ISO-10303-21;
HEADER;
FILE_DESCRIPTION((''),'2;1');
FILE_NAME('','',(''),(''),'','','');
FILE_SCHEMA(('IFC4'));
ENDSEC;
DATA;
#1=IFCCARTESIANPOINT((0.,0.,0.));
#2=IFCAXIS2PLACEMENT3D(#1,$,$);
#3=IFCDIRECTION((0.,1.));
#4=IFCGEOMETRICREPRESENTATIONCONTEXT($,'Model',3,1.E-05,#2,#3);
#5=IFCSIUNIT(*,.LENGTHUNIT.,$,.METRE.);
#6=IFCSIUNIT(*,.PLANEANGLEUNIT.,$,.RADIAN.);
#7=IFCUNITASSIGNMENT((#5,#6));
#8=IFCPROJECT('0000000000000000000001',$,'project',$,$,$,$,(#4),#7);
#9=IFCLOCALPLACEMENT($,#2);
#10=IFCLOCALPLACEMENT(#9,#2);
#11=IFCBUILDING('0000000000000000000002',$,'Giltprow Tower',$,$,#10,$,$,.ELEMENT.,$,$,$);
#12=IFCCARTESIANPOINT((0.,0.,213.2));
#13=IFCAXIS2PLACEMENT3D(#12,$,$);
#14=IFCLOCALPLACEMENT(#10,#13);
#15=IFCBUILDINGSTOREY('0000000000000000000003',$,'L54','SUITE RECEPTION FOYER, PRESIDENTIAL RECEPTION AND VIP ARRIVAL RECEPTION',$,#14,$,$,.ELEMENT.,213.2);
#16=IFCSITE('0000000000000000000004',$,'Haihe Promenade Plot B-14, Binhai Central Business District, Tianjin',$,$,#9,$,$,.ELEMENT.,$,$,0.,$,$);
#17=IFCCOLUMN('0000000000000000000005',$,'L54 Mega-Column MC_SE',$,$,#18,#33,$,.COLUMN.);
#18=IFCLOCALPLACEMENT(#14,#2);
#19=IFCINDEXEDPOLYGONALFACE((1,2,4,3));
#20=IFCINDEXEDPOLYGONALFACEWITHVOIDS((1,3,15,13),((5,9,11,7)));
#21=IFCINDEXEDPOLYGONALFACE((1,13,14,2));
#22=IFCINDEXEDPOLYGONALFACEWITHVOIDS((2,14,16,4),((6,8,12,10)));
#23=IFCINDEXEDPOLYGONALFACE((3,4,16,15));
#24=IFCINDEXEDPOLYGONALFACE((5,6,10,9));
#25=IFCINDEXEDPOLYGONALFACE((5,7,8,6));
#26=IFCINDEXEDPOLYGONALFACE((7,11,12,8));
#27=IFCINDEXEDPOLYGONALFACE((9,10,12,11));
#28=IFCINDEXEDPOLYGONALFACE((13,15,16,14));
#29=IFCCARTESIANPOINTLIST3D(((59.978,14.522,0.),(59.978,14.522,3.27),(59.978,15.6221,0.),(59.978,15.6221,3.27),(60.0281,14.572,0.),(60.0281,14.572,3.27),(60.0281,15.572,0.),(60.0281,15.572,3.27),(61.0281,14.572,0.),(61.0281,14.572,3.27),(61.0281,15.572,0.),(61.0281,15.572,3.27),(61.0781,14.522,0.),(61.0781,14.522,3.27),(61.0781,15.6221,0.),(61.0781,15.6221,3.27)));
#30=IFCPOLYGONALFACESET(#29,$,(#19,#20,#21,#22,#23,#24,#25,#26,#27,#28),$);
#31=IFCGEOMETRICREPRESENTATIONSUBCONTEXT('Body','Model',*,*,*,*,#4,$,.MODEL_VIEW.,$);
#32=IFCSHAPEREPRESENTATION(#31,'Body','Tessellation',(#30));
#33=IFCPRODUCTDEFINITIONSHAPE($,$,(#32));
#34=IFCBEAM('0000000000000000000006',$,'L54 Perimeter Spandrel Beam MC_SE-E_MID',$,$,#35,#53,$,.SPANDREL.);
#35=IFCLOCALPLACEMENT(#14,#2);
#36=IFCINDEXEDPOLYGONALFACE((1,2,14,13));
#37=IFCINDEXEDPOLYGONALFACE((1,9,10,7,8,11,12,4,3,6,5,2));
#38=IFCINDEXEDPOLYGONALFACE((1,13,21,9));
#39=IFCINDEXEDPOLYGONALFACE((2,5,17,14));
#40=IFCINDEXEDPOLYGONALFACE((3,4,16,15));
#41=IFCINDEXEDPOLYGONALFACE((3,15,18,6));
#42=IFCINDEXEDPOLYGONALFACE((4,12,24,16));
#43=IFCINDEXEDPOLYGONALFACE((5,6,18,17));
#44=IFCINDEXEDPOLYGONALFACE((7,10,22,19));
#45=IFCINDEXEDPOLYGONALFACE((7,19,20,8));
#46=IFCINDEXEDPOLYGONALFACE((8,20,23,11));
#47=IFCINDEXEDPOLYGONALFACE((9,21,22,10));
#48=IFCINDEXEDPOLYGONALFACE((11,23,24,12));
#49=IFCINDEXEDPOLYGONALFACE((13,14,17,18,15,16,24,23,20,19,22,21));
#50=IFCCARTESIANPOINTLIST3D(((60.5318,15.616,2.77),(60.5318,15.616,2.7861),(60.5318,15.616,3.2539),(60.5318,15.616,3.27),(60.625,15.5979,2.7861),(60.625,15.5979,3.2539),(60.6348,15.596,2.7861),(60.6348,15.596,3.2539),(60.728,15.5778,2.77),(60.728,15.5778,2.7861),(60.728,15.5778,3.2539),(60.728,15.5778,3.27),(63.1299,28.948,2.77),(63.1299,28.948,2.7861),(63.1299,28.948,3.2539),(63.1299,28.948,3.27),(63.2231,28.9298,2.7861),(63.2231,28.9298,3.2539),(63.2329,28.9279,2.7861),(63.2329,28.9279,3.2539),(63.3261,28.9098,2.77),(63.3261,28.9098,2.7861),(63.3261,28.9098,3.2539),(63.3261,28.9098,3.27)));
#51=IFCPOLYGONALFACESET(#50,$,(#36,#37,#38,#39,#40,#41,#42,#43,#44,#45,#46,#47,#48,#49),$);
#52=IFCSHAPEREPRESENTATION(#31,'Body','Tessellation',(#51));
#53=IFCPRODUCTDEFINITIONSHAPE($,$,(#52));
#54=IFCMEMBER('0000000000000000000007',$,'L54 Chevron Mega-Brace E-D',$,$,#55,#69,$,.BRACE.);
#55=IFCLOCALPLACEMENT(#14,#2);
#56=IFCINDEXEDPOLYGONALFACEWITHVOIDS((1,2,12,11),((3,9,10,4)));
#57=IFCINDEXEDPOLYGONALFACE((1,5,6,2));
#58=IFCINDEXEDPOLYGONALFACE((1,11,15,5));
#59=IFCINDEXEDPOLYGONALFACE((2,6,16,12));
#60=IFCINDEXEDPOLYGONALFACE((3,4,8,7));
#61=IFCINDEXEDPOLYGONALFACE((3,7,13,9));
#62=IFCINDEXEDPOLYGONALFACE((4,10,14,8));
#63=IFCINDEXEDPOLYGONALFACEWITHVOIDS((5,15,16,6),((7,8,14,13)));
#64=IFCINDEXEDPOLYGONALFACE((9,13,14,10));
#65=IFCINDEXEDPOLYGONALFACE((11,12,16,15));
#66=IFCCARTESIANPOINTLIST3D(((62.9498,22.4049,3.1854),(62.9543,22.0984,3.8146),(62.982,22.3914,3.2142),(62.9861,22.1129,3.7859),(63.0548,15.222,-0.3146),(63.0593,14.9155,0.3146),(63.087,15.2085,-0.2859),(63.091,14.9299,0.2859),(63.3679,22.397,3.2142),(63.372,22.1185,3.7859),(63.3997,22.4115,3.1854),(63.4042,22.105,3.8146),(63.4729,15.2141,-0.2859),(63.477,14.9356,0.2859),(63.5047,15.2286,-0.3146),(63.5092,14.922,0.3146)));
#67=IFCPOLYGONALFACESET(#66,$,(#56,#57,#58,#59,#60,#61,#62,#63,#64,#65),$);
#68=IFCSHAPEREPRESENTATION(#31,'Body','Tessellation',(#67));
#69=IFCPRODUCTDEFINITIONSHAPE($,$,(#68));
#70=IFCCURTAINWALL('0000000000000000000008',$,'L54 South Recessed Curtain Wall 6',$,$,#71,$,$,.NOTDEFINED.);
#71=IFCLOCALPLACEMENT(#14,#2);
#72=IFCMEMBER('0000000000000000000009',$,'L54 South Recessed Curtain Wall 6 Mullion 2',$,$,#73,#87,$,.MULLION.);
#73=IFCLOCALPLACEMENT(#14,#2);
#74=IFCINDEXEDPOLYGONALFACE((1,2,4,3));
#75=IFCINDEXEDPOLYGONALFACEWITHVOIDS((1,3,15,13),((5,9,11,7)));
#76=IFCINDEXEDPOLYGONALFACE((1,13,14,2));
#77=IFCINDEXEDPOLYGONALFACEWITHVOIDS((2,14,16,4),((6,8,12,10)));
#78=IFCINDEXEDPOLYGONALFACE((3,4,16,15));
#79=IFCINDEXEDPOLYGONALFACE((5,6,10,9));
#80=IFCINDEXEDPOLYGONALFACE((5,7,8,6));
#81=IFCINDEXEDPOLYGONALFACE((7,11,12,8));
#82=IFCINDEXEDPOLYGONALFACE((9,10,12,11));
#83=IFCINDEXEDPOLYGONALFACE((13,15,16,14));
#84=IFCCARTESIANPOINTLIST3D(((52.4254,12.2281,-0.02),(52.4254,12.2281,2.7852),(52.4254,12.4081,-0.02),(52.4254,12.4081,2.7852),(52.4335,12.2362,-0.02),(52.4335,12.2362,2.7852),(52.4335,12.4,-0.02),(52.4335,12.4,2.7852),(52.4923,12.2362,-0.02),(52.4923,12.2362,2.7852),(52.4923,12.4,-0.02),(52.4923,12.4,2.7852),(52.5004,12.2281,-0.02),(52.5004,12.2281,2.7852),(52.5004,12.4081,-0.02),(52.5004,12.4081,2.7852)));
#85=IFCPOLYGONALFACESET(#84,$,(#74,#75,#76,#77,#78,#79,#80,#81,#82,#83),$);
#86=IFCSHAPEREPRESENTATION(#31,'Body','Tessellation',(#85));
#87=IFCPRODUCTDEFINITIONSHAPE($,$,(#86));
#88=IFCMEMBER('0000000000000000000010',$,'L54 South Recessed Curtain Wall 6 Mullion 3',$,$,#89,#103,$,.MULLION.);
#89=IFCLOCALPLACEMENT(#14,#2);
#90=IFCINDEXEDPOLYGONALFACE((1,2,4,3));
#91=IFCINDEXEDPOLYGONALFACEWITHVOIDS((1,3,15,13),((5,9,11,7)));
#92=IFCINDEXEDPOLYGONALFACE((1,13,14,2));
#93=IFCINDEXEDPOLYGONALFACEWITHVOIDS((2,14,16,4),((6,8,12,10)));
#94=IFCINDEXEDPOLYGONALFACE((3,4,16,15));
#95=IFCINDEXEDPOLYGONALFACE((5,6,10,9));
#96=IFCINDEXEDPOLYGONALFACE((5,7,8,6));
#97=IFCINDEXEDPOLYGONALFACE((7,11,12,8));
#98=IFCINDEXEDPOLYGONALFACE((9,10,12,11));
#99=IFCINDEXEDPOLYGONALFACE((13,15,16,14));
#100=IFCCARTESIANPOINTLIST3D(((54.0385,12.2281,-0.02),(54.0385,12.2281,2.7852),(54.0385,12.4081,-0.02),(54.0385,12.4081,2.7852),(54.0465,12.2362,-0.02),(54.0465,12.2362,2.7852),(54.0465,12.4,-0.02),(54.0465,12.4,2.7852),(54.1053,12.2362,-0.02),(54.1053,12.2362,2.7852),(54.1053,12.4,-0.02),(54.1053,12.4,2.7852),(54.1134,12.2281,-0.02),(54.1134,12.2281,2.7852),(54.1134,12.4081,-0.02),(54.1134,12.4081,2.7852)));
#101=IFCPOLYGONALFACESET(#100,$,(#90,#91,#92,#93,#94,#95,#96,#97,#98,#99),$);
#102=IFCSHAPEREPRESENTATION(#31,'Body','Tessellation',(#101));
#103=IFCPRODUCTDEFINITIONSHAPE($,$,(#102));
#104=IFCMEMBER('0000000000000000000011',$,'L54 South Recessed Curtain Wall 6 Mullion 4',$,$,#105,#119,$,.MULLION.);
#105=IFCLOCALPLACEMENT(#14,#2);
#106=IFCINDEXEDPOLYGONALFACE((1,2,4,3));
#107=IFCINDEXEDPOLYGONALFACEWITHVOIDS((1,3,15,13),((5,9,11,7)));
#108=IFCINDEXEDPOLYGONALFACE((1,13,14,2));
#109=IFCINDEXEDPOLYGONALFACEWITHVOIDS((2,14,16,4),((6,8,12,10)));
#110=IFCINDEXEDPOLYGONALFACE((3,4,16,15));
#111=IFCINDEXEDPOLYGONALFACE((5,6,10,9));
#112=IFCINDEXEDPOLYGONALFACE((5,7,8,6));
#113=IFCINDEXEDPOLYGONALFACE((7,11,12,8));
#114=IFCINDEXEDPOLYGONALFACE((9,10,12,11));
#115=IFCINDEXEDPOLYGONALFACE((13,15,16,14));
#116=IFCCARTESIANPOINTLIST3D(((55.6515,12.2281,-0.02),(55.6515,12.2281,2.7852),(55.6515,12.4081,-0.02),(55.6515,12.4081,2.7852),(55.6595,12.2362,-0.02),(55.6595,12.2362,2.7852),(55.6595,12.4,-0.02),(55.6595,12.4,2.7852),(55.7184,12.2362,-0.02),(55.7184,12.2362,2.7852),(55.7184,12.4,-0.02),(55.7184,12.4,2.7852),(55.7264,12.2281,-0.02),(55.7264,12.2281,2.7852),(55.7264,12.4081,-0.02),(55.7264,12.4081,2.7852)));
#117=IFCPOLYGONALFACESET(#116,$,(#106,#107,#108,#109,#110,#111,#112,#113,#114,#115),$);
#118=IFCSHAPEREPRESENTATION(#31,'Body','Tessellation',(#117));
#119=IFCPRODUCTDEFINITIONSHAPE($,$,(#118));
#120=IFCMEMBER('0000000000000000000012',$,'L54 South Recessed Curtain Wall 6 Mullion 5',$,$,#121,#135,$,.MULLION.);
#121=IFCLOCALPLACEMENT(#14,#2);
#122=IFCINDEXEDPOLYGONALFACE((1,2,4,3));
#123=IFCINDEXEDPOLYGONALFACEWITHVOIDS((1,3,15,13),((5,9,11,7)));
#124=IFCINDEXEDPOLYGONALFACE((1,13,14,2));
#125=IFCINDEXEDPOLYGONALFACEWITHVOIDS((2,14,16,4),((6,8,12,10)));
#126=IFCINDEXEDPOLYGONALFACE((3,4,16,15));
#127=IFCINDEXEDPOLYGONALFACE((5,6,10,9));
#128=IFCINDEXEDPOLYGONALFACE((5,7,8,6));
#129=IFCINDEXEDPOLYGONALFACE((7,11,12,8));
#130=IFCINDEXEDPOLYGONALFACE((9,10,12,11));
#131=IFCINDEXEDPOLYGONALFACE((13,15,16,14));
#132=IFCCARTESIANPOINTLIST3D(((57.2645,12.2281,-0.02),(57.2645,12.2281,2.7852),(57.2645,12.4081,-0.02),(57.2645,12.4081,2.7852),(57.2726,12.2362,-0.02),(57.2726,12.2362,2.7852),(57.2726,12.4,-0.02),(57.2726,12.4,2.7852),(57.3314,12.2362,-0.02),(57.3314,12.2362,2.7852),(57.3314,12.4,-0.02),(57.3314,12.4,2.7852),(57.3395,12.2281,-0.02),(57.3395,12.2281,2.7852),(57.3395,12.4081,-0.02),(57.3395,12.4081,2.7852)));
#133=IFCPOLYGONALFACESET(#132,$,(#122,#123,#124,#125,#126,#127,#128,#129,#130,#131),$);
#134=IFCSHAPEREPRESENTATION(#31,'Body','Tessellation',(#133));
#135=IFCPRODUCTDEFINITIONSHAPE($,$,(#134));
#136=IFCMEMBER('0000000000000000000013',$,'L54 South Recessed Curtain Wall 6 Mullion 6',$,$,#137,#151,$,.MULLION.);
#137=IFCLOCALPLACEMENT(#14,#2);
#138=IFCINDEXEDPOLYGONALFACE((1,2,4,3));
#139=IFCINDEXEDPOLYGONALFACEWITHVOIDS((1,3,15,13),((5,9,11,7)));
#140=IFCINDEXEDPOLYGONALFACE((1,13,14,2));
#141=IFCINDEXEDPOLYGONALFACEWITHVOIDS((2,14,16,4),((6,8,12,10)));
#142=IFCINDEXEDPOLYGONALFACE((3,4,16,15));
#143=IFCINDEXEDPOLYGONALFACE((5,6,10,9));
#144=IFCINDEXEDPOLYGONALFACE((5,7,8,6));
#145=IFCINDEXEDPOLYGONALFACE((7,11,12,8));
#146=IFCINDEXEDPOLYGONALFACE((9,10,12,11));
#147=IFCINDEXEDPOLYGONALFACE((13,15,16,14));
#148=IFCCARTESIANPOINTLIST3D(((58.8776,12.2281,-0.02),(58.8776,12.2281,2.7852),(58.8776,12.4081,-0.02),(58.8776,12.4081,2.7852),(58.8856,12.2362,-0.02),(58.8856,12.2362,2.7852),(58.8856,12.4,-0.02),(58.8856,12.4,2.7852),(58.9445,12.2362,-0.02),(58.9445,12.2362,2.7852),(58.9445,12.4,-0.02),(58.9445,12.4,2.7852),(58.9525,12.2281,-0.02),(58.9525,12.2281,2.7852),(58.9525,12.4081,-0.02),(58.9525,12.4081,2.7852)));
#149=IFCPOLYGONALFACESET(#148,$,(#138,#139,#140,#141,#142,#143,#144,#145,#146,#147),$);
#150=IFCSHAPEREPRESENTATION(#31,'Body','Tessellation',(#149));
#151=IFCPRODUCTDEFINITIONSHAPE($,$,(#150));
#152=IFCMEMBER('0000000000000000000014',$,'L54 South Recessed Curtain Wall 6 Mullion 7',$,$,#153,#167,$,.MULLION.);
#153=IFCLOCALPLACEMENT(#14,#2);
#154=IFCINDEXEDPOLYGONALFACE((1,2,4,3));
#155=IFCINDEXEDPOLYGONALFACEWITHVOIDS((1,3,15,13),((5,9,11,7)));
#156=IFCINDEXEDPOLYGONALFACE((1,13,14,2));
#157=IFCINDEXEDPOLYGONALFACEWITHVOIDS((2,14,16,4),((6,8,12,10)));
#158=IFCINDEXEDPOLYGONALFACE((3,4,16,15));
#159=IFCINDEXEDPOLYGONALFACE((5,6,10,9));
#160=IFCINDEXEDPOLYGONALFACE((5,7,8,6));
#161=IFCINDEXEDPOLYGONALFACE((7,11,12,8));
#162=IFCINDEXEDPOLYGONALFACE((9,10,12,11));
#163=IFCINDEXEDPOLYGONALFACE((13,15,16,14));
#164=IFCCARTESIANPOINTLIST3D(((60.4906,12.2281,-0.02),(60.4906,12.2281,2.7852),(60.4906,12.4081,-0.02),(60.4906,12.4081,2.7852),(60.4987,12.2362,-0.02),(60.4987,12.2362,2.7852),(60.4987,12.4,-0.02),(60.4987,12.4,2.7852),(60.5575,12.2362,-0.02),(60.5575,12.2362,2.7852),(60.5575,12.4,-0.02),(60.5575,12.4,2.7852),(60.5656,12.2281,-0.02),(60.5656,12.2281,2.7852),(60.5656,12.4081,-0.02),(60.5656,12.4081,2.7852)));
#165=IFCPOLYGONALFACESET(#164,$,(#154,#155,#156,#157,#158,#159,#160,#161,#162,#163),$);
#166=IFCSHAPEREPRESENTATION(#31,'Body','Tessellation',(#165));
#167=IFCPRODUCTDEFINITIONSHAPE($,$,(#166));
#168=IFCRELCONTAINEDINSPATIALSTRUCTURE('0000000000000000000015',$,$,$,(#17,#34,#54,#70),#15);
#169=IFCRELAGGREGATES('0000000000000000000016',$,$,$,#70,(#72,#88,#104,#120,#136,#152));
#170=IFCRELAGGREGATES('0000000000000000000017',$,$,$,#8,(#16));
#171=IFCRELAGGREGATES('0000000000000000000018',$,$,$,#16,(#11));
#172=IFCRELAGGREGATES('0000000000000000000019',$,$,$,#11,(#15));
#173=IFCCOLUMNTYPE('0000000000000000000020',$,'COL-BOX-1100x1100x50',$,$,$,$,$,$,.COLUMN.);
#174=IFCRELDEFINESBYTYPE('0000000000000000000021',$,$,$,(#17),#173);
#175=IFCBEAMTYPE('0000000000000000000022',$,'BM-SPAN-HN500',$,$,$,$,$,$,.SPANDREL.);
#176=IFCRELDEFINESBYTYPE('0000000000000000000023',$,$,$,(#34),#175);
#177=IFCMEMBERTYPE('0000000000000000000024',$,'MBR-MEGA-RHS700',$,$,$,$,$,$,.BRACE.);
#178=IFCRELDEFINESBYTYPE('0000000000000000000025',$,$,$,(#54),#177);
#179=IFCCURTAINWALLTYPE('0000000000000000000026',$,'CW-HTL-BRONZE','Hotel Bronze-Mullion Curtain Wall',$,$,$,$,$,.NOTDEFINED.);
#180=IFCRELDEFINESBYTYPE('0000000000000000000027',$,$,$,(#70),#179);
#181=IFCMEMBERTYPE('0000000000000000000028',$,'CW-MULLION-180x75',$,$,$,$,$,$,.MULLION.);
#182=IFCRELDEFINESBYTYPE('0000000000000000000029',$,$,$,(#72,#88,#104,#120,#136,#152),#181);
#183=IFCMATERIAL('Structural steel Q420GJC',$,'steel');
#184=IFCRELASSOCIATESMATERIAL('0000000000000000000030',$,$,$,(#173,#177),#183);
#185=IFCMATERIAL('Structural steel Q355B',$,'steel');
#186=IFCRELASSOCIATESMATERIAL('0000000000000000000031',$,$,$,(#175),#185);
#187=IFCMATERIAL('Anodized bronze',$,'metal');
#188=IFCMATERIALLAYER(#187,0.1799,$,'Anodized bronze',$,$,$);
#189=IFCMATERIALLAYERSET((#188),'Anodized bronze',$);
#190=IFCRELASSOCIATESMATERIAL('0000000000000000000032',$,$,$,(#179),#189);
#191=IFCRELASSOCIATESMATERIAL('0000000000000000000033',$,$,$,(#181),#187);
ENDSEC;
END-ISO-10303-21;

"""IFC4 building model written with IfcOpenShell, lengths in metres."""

from ifc_helpers import new_model, si_unit, direction, frame, origin, origin_2d, place, context, subcontext, project, spatial, hollow_rectangle, i_section, extrude, source, transform, mapped, material, layer, layer_set, material_profile, profile_set, type_object, element, aggregate, save


model = new_model("IFC4")

# Units and contexts
model_context = context("Model", 3, precision=1e-05, world=origin(), true_north=direction((0.0, 1.0)))
body_context = subcontext(model_context, "Body", "Model", "MODEL_VIEW")
ifc_project = project(units=[si_unit("LENGTHUNIT", "METRE"), si_unit("PLANEANGLEUNIT", "RADIAN")], contexts=[model_context])

# Site, building, storey
site_placement = place(None, origin())
site = spatial("IfcSite", under=ifc_project, at=site_placement, Name="Haihe Promenade Plot B-14, Binhai Central Business District, Tianjin", CompositionType="ELEMENT", RefElevation=0.0)
building_placement = place(site_placement, origin())
building = spatial("IfcBuilding", under=site, at=building_placement, Name="Giltprow Tower", CompositionType="ELEMENT")
storey_placement = place(building_placement, frame((0.0, 0.0, 213.2)))
storey = spatial("IfcBuildingStorey", under=building, at=storey_placement, Name="L54", Description="SUITE RECEPTION FOYER, PRESIDENTIAL RECEPTION AND VIP ARRIVAL RECEPTION", CompositionType="ELEMENT", Elevation=213.2)

# Column
ifc_material_1 = material(Name="Structural steel Q420GJC", Category="steel")
ifc_material_profile_1 = material_profile(ifc_material_1, hollow_rectangle(XDim=1.1001, YDim=1.1001, WallThickness=0.05, at=origin_2d()), Name="BOX 1100x1100x50")
ifc_profile_set_1 = profile_set([ifc_material_profile_1], Name="Structural steel Q420GJC")
column_type = type_object("IfcColumnType", Name="COL-BOX-1100x1100x50", PredefinedType="COLUMN", material=ifc_profile_set_1)
shared_shape_1 = source(origin(), body_context, "Body", "SweptSolid", [
    extrude(hollow_rectangle(XDim=1.1001, YDim=1.1001, WallThickness=0.05, at=origin_2d()), origin(), (0.0, 0.0, 1.0), 3.27),
])
column_placement = place(storey_placement, frame((60.5281, 15.072, 0.0), z_axis=(0.0, 0.0, 1.0), x_axis=(1.0, 0.0, 0.0)))
element("IfcColumn", 1, at=column_placement, inside=storey, type_object=column_type, Name="L54 Mega-Column MC_SE", PredefinedType="COLUMN", context=body_context, shape_type="MappedRepresentation", body=[
    mapped(shared_shape_1, transform((0.0, 0.0, 0.0), x_axis=(1.0, 0.0, 0.0), y_axis=(0.0, 1.0, 0.0), z_axis=(0.0, 0.0, 1.0), scale=1.0)),
])

# Beam
ifc_material_2 = material(Name="Structural steel Q355B", Category="steel")
ifc_material_profile_2 = material_profile(ifc_material_2, i_section(OverallWidth=0.2, OverallDepth=0.5, WebThickness=0.01, FlangeThickness=0.0161, at=origin_2d()), Name="HN 500x200x10x16")
ifc_profile_set_2 = profile_set([ifc_material_profile_2], Name="Structural steel Q355B")
beam_type = type_object("IfcBeamType", Name="BM-SPAN-HN500", PredefinedType="SPANDREL", material=ifc_profile_set_2)
shared_shape_2 = source(origin(), body_context, "Body", "SweptSolid", [
    extrude(i_section(OverallWidth=0.2, OverallDepth=0.5, WebThickness=0.01, FlangeThickness=0.0161, at=origin_2d()), origin(), (0.0, 0.0, 1.0), 13.5828),
])
beam_placement = place(storey_placement, frame((60.6299, 15.5969, 3.02), z_axis=(0.191281, 0.981535, 0.0), x_axis=(-0.981535, 0.191281, 0.0)))
element("IfcBeam", 2, at=beam_placement, inside=storey, type_object=beam_type, Name="L54 Perimeter Spandrel Beam MC_SE-E_MID", PredefinedType="SPANDREL", context=body_context, shape_type="MappedRepresentation", body=[
    mapped(shared_shape_2, transform((0.0, 0.0, 0.0), x_axis=(1.0, 0.0, 0.0), y_axis=(0.0, 1.0, 0.0), z_axis=(0.0, 0.0, 1.0), scale=1.0)),
])

# Member
ifc_material_profile_3 = material_profile(ifc_material_1, hollow_rectangle(XDim=0.45, YDim=0.7, WallThickness=0.032, at=origin_2d()), Name="RHS 700x450x32")
ifc_profile_set_3 = profile_set([ifc_material_profile_3], Name="Structural steel Q420GJC")
member_type_1 = type_object("IfcMemberType", Name="MBR-MEGA-RHS700", PredefinedType="BRACE", material=ifc_profile_set_3)
shared_shape_3 = source(origin(), body_context, "Body", "SweptSolid", [
    extrude(hollow_rectangle(XDim=0.45, YDim=0.7, WallThickness=0.032, at=origin_2d()), origin(), (0.0, 0.0, 1.0), 7.991),
])
member_1_placement = place(storey_placement, frame((63.282, 15.072, 0.0), z_axis=(-0.013137, 0.89888, 0.437998), x_axis=(-0.999893, -0.014614, 0.0)))
element("IfcMember", 3, at=member_1_placement, inside=storey, type_object=member_type_1, Name="L54 Chevron Mega-Brace E-D", PredefinedType="BRACE", context=body_context, shape_type="MappedRepresentation", body=[
    mapped(shared_shape_3, transform((0.0, 0.0, 0.0), x_axis=(1.0, 0.0, 0.0), y_axis=(0.0, 1.0, 0.0), z_axis=(0.0, 0.0, 1.0), scale=1.0)),
])

# Curtain wall, members
ifc_material_3 = material(Name="Anodized bronze", Category="metal")
ifc_layer_1 = layer(ifc_material_3, 0.1799, Name="Anodized bronze")
ifc_layer_set_1 = layer_set([ifc_layer_1], Name="Anodized bronze")
curtain_wall_type = type_object("IfcCurtainWallType", Name="CW-HTL-BRONZE", Description="Hotel Bronze-Mullion Curtain Wall", PredefinedType="NOTDEFINED", material=ifc_layer_set_1)
curtain_wall_placement = place(storey_placement, origin())
curtain_wall = element("IfcCurtainWall", 4, at=curtain_wall_placement, inside=storey, type_object=curtain_wall_type, Name="L54 South Recessed Curtain Wall 6", PredefinedType="NOTDEFINED")
ifc_material_profile_4 = material_profile(ifc_material_3, hollow_rectangle(XDim=0.075, YDim=0.1799, WallThickness=0.0081, at=origin_2d()), Name="RHS 180x75x8")
ifc_profile_set_4 = profile_set([ifc_material_profile_4], Name="Anodized bronze")
member_type_2 = type_object("IfcMemberType", Name="CW-MULLION-180x75", PredefinedType="MULLION", material=ifc_profile_set_4)
shared_shape_4 = source(origin(), body_context, "Body", "SweptSolid", [
    extrude(hollow_rectangle(XDim=0.075, YDim=0.1799, WallThickness=0.0081, at=origin_2d()), origin(), (0.0, 0.0, 1.0), 2.8052),
])
member_2_placement = place(storey_placement, frame((52.4629, 12.3181, -0.02), z_axis=(0.0, 0.0, 1.0), x_axis=(1.0, 0.0, 0.0)))
member_2 = element("IfcMember", 5, at=member_2_placement, type_object=member_type_2, Name="L54 South Recessed Curtain Wall 6 Mullion 2", PredefinedType="MULLION", context=body_context, shape_type="MappedRepresentation", body=[
    mapped(shared_shape_4, transform((0.0, 0.0, 0.0), x_axis=(1.0, 0.0, 0.0), y_axis=(0.0, 1.0, 0.0), z_axis=(0.0, 0.0, 1.0), scale=1.0)),
])
member_3_placement = place(storey_placement, frame((54.0759, 12.3181, -0.02), z_axis=(0.0, 0.0, 1.0), x_axis=(1.0, 0.0, 0.0)))
member_3 = element("IfcMember", 6, at=member_3_placement, type_object=member_type_2, Name="L54 South Recessed Curtain Wall 6 Mullion 3", PredefinedType="MULLION", context=body_context, shape_type="MappedRepresentation", body=[
    mapped(shared_shape_4, transform((0.0, 0.0, 0.0), x_axis=(1.0, 0.0, 0.0), y_axis=(0.0, 1.0, 0.0), z_axis=(0.0, 0.0, 1.0), scale=1.0)),
])
member_4_placement = place(storey_placement, frame((55.689, 12.3181, -0.02), z_axis=(0.0, 0.0, 1.0), x_axis=(1.0, 0.0, 0.0)))
member_4 = element("IfcMember", 7, at=member_4_placement, type_object=member_type_2, Name="L54 South Recessed Curtain Wall 6 Mullion 4", PredefinedType="MULLION", context=body_context, shape_type="MappedRepresentation", body=[
    mapped(shared_shape_4, transform((0.0, 0.0, 0.0), x_axis=(1.0, 0.0, 0.0), y_axis=(0.0, 1.0, 0.0), z_axis=(0.0, 0.0, 1.0), scale=1.0)),
])
member_5_placement = place(storey_placement, frame((57.302, 12.3181, -0.02), z_axis=(0.0, 0.0, 1.0), x_axis=(1.0, 0.0, 0.0)))
member_5 = element("IfcMember", 8, at=member_5_placement, type_object=member_type_2, Name="L54 South Recessed Curtain Wall 6 Mullion 5", PredefinedType="MULLION", context=body_context, shape_type="MappedRepresentation", body=[
    mapped(shared_shape_4, transform((0.0, 0.0, 0.0), x_axis=(1.0, 0.0, 0.0), y_axis=(0.0, 1.0, 0.0), z_axis=(0.0, 0.0, 1.0), scale=1.0)),
])
member_6_placement = place(storey_placement, frame((58.915, 12.3181, -0.02), z_axis=(0.0, 0.0, 1.0), x_axis=(1.0, 0.0, 0.0)))
member_6 = element("IfcMember", 9, at=member_6_placement, type_object=member_type_2, Name="L54 South Recessed Curtain Wall 6 Mullion 6", PredefinedType="MULLION", context=body_context, shape_type="MappedRepresentation", body=[
    mapped(shared_shape_4, transform((0.0, 0.0, 0.0), x_axis=(1.0, 0.0, 0.0), y_axis=(0.0, 1.0, 0.0), z_axis=(0.0, 0.0, 1.0), scale=1.0)),
])
member_7_placement = place(storey_placement, frame((60.5281, 12.3181, -0.02), z_axis=(0.0, 0.0, 1.0), x_axis=(1.0, 0.0, 0.0)))
member_7 = element("IfcMember", 10, at=member_7_placement, type_object=member_type_2, Name="L54 South Recessed Curtain Wall 6 Mullion 7", PredefinedType="MULLION", context=body_context, shape_type="MappedRepresentation", body=[
    mapped(shared_shape_4, transform((0.0, 0.0, 0.0), x_axis=(1.0, 0.0, 0.0), y_axis=(0.0, 1.0, 0.0), z_axis=(0.0, 0.0, 1.0), scale=1.0)),
])

aggregate(curtain_wall, [member_2, member_3, member_4, member_5, member_6, member_7])

save(model, "model.ifc")
